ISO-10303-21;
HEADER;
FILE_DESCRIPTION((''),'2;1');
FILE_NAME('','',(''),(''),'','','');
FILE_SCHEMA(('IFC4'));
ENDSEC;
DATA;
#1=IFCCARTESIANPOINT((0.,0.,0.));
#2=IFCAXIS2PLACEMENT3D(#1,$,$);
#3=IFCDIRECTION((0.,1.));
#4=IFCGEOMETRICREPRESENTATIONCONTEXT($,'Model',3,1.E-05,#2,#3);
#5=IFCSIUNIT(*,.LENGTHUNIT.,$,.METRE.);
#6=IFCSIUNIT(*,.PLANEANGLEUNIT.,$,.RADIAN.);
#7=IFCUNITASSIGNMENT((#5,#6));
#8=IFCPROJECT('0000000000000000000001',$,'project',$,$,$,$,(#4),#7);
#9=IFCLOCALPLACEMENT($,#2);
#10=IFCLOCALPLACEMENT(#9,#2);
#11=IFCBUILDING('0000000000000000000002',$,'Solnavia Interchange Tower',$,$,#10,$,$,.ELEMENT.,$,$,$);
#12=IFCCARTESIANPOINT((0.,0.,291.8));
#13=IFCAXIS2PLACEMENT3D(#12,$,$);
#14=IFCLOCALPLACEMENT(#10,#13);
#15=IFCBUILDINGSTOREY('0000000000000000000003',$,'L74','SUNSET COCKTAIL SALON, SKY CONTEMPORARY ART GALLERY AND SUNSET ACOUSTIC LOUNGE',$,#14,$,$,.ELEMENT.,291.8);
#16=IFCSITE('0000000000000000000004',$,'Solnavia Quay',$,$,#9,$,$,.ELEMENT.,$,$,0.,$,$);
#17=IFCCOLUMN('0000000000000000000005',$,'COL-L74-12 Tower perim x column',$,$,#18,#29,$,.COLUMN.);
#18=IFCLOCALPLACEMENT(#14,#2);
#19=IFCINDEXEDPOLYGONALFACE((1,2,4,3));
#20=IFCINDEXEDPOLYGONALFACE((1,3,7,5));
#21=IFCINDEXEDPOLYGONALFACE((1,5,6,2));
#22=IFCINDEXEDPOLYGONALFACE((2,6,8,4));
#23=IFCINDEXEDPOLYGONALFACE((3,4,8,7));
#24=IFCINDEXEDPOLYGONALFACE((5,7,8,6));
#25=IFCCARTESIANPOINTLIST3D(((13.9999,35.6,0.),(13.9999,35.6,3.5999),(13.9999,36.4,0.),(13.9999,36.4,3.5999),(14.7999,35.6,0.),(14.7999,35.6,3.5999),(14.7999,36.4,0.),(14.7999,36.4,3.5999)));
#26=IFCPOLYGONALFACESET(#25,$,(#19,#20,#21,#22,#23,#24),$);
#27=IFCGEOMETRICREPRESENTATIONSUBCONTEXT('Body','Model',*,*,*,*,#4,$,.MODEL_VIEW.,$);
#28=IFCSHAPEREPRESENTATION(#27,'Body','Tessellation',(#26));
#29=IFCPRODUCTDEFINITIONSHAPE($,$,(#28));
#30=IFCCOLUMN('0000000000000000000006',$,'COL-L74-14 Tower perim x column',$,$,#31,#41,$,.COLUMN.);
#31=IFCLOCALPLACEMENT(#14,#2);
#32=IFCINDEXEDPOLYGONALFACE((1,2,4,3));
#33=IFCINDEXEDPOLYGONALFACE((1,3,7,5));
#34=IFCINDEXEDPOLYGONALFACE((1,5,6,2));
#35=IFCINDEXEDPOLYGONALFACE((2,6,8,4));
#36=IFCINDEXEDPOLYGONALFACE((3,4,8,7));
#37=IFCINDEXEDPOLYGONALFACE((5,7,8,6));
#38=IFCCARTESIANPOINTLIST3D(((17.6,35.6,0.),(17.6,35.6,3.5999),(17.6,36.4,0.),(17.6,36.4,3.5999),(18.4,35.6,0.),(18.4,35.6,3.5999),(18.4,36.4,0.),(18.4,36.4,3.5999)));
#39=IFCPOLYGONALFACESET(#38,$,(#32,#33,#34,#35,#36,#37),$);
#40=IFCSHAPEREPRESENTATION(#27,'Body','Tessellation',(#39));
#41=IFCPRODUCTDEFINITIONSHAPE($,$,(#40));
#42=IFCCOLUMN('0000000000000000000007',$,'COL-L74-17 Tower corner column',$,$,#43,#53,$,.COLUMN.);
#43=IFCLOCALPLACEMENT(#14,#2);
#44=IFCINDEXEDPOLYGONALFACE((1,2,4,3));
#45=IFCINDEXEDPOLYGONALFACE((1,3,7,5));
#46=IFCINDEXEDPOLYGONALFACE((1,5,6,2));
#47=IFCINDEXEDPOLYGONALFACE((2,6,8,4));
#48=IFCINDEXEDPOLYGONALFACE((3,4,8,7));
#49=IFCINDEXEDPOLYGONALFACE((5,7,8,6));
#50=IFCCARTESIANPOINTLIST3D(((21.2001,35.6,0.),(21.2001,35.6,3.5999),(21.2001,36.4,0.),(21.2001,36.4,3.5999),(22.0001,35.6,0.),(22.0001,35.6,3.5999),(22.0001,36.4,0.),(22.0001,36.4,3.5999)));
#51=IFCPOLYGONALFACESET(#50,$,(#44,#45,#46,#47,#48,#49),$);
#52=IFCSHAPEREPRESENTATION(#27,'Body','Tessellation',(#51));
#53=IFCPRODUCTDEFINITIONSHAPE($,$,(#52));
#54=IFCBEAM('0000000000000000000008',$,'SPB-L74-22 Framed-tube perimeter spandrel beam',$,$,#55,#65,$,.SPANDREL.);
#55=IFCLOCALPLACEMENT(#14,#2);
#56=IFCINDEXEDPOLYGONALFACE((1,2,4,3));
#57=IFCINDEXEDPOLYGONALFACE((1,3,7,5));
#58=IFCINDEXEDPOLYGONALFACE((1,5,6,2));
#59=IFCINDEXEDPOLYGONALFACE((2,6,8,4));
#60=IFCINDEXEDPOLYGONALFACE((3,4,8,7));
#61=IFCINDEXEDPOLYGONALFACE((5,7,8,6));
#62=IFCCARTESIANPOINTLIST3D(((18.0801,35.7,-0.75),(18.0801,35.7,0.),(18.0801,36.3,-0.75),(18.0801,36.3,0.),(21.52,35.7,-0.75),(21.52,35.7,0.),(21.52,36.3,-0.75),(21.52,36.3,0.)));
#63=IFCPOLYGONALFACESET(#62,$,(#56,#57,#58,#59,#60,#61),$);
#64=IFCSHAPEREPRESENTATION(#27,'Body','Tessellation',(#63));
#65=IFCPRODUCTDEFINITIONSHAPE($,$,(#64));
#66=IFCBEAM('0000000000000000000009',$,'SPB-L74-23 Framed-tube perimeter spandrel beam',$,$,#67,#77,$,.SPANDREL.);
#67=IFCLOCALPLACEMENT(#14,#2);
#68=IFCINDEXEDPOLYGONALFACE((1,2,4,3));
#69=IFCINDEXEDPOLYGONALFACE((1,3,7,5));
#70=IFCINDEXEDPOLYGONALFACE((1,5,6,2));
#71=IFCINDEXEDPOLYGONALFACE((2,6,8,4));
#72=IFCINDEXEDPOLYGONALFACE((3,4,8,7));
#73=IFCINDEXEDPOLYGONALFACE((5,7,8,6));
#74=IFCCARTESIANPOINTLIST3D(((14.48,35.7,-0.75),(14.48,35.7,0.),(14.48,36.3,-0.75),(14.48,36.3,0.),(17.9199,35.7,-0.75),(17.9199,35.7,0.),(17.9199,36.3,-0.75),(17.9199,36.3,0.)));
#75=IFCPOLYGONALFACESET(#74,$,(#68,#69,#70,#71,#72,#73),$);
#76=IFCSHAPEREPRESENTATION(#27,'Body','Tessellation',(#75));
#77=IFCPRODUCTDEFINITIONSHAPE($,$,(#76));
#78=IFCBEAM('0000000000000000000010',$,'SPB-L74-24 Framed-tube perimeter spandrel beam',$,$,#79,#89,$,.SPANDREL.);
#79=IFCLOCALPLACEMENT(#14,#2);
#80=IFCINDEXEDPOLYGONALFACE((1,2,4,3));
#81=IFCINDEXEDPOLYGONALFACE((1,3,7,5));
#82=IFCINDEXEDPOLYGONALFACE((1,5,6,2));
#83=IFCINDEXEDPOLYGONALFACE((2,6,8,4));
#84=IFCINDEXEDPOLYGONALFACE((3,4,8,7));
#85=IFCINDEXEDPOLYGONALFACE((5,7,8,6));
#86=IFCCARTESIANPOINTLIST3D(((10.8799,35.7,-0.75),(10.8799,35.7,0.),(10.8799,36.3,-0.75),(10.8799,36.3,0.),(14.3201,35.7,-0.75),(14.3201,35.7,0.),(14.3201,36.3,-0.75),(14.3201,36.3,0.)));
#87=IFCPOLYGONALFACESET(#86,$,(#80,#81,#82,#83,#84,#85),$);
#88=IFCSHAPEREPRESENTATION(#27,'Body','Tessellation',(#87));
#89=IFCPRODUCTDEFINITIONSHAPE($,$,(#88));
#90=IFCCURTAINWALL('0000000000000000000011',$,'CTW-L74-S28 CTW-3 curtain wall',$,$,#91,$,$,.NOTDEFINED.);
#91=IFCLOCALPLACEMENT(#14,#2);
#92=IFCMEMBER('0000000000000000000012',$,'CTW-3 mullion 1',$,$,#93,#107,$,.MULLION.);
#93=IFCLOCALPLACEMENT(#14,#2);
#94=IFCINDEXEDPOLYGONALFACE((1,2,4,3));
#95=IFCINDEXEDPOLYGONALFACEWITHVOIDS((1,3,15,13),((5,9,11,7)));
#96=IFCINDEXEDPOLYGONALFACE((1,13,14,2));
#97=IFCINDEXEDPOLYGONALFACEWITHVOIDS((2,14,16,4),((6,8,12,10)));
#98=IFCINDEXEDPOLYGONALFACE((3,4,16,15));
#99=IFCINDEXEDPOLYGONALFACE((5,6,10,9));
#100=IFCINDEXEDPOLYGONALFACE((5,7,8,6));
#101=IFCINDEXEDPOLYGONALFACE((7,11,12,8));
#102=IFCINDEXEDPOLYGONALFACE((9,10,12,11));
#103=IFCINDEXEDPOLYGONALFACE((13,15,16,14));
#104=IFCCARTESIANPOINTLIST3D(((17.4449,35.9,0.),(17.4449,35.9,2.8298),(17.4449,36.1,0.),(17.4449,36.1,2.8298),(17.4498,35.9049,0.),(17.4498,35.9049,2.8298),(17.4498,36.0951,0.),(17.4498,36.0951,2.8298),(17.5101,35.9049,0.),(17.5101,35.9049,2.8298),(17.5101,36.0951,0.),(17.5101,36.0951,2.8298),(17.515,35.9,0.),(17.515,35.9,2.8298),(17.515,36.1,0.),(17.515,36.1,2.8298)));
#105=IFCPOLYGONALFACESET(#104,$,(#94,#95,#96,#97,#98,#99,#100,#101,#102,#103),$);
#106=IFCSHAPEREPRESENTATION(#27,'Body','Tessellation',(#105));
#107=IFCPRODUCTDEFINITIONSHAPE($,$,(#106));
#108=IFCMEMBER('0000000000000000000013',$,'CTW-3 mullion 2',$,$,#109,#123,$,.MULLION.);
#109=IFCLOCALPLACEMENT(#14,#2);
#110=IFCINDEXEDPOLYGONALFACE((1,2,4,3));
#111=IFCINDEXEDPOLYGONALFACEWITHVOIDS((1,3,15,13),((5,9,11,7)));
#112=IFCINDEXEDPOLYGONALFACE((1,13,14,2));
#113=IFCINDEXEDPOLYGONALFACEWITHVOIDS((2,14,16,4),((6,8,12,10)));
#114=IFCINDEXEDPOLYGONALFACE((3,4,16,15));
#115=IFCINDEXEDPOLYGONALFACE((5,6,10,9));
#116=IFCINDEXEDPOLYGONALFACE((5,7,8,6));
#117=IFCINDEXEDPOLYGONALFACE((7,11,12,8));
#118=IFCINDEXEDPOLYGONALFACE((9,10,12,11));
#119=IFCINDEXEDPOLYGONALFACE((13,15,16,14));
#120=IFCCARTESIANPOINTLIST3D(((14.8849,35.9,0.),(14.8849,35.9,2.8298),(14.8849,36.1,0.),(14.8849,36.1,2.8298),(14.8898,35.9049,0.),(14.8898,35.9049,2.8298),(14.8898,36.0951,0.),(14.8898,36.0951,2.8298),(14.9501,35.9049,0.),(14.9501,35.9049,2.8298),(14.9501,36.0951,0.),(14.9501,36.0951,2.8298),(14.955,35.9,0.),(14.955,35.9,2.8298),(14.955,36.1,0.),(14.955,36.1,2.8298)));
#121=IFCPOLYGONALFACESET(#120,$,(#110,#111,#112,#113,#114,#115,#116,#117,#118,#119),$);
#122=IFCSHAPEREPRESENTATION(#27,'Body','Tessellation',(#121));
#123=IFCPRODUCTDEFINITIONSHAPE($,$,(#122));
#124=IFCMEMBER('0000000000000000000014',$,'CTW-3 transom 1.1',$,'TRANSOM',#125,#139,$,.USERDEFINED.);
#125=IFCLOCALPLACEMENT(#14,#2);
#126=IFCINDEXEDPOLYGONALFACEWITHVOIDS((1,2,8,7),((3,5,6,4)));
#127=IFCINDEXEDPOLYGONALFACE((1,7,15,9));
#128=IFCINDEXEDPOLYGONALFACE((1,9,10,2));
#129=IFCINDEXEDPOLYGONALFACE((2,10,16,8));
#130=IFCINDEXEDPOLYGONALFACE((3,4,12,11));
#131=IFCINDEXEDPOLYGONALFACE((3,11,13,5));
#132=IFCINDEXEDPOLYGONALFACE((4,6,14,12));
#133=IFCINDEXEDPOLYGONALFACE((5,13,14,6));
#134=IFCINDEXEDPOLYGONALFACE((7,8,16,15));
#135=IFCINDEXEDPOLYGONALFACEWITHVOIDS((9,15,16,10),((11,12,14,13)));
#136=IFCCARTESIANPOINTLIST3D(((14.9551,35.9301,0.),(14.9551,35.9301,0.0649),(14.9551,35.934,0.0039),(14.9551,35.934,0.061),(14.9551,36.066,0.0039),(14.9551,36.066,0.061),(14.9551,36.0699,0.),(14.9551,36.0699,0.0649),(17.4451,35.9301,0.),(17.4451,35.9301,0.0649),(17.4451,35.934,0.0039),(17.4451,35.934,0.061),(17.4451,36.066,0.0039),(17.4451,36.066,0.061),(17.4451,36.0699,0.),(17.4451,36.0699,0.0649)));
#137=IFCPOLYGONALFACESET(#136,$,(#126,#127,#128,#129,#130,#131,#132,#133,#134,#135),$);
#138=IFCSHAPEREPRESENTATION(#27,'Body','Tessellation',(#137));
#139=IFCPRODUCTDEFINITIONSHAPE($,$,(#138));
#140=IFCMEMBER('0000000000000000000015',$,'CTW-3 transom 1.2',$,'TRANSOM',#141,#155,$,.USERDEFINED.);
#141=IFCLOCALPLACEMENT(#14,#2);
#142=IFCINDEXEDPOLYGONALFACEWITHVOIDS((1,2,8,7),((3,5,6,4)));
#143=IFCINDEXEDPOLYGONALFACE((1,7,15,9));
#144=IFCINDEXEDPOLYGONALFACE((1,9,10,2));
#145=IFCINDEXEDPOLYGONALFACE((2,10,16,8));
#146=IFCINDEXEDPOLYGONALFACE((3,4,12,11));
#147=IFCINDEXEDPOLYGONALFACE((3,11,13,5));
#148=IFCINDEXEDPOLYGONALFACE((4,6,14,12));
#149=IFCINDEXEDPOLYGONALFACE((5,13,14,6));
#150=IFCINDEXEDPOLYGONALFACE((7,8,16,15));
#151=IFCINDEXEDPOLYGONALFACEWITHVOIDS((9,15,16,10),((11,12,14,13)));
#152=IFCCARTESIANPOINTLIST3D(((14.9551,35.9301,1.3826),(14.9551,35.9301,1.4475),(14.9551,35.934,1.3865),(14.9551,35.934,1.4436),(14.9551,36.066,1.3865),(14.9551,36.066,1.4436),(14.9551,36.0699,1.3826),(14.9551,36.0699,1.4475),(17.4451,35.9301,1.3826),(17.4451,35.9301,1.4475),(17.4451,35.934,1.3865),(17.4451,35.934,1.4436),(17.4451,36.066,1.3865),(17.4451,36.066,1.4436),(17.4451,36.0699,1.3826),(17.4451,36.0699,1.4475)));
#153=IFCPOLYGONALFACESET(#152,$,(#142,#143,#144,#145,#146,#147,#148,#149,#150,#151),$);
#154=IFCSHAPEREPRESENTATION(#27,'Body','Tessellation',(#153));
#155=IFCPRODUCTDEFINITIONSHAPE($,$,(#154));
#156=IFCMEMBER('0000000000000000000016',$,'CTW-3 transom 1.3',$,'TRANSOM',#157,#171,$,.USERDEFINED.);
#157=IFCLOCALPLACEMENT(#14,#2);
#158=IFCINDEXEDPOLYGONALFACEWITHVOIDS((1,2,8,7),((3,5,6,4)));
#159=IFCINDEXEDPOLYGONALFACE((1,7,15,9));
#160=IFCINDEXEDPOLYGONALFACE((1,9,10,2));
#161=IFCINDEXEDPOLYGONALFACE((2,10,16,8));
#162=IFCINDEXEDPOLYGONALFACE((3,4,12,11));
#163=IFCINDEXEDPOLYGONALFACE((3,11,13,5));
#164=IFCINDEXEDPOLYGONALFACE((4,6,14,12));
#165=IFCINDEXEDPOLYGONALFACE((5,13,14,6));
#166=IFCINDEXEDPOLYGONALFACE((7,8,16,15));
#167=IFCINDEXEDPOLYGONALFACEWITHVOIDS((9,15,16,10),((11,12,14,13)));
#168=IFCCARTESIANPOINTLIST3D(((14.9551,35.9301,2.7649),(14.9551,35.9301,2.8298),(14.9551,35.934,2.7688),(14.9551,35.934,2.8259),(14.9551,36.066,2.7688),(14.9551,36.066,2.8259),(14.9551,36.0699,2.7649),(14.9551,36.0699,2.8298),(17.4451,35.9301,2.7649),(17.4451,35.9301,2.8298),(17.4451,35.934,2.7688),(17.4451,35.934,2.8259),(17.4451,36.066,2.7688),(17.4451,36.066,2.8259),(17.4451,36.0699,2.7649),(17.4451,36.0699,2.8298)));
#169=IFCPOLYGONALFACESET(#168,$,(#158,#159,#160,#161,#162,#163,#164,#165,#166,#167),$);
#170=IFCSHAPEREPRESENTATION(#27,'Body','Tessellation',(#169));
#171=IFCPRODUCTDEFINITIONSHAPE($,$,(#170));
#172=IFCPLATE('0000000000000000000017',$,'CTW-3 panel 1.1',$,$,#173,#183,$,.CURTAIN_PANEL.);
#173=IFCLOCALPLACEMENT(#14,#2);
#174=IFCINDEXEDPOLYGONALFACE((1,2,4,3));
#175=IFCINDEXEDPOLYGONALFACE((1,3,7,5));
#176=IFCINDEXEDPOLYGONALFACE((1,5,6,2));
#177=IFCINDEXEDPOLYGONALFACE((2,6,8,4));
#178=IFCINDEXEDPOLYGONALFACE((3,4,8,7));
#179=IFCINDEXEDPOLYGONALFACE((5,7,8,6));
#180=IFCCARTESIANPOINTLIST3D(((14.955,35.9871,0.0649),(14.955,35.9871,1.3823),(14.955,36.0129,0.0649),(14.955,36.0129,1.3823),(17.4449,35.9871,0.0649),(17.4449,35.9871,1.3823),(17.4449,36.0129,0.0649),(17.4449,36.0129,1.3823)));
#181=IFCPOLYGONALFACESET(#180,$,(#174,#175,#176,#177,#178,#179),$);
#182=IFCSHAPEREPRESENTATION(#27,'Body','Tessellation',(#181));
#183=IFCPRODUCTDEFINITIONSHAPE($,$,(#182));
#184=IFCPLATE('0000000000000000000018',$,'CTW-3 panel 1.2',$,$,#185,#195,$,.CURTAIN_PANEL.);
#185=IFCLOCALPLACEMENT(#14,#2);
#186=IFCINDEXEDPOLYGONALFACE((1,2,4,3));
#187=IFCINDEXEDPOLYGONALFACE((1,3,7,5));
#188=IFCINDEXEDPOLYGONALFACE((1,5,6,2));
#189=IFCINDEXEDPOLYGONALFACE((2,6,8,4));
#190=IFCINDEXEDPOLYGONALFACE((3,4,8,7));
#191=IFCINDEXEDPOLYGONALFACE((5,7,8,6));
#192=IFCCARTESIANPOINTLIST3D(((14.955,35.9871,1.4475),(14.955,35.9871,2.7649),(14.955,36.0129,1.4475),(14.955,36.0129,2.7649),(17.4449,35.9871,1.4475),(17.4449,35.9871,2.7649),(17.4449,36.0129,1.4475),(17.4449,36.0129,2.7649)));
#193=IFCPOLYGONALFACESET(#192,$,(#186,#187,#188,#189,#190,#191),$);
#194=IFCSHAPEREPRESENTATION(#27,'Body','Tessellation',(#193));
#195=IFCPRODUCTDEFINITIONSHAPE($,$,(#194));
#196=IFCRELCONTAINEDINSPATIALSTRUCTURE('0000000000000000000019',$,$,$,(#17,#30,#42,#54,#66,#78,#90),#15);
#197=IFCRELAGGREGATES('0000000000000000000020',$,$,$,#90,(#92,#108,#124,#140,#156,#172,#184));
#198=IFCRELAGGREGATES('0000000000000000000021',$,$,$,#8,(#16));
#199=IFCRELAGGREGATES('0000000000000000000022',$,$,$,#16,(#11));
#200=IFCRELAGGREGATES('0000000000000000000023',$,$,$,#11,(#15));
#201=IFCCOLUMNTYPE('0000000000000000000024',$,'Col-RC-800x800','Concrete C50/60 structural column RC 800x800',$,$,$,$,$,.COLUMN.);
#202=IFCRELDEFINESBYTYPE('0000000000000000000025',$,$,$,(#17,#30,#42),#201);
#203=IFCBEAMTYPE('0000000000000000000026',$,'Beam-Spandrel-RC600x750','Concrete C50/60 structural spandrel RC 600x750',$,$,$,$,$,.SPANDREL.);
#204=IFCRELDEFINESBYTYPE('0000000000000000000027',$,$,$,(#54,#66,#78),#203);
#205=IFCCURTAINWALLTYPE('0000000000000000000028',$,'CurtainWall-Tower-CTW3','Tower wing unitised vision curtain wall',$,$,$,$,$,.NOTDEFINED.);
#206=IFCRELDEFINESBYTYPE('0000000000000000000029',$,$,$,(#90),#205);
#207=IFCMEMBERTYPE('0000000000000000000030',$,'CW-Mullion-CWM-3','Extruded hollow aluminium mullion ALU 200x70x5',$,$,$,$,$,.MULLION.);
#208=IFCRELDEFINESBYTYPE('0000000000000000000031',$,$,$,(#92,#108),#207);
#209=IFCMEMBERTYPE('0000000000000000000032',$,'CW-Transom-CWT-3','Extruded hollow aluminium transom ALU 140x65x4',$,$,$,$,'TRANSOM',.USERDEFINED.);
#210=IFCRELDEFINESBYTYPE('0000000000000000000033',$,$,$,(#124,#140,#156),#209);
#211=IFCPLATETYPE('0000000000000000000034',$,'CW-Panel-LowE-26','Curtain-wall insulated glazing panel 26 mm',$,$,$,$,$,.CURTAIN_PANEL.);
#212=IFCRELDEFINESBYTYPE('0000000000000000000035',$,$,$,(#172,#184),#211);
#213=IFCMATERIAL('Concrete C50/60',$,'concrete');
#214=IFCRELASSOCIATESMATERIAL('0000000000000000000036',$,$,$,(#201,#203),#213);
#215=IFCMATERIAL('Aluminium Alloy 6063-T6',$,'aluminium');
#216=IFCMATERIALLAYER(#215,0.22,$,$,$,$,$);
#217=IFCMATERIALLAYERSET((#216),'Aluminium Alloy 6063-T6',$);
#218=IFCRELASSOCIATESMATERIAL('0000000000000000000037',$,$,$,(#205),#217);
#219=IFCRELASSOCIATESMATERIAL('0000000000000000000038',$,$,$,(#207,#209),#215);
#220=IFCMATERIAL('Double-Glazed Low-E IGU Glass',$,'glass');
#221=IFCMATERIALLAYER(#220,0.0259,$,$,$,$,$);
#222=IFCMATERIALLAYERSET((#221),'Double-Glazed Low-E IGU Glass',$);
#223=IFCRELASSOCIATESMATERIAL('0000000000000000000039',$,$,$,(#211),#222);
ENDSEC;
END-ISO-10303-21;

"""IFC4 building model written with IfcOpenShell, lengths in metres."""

from ifc_helpers import new_model, si_unit, direction, frame, origin, origin_2d, place, context, subcontext, project, spatial, rectangle, hollow_rectangle, extrude, material, layer, layer_set, material_profile, profile_set, type_object, element, aggregate, save


model = new_model("IFC4")

# Units and contexts
model_context = context("Model", 3, precision=1e-05, world=origin(), true_north=direction((0.0, 1.0)))
body_context = subcontext(model_context, "Body", "Model", "MODEL_VIEW")
ifc_project = project(units=[si_unit("LENGTHUNIT", "METRE"), si_unit("PLANEANGLEUNIT", "RADIAN")], contexts=[model_context])

# Site, building, storey
site_placement = place(None, origin())
site = spatial("IfcSite", under=ifc_project, at=site_placement, Name="Solnavia Quay", CompositionType="ELEMENT", RefElevation=0.0)
building_placement = place(site_placement, origin())
building = spatial("IfcBuilding", under=site, at=building_placement, Name="Solnavia Interchange Tower", CompositionType="ELEMENT")
storey_placement = place(building_placement, frame((0.0, 0.0, 291.8)))
storey = spatial("IfcBuildingStorey", under=building, at=storey_placement, Name="L74", Description="SUNSET COCKTAIL SALON, SKY CONTEMPORARY ART GALLERY AND SUNSET ACOUSTIC LOUNGE", CompositionType="ELEMENT", Elevation=291.8)

# Columns
ifc_material_1 = material(Name="Concrete C50/60", Category="concrete")
ifc_material_profile_1 = material_profile(ifc_material_1, rectangle(XDim=0.8, YDim=0.8, at=origin_2d()), Name="RC 800x800")
ifc_profile_set_1 = profile_set([ifc_material_profile_1], Name="Concrete C50/60")
column_type = type_object("IfcColumnType", Name="Col-RC-800x800", Description="Concrete C50/60 structural column RC 800x800", PredefinedType="COLUMN", material=ifc_profile_set_1)
for number, where, z_axis, x_axis, name in (
    (1, (14.3999, 36.0, 0.0), (0.0, 0.0, 1.0), (1.0, 0.0, 0.0), "COL-L74-12 Tower perim x column"),
    (2, (18.0, 36.0, 0.0), (0.0, 0.0, 1.0), (1.0, 0.0, 0.0), "COL-L74-14 Tower perim x column"),
    (3, (21.6001, 36.0, 0.0), (0.0, 0.0, 1.0), (1.0, 0.0, 0.0), "COL-L74-17 Tower corner column"),
):
    element("IfcColumn", number, at=place(storey_placement, frame(where, z_axis=z_axis, x_axis=x_axis)), inside=storey, type_object=column_type, Name=name, PredefinedType="COLUMN", context=body_context, shape_type="SweptSolid", body=[
        extrude(rectangle(XDim=0.8, YDim=0.8, at=origin_2d()), origin(), (0.0, 0.0, 1.0), 3.5999),
    ])

# Beams
ifc_material_profile_2 = material_profile(ifc_material_1, rectangle(XDim=0.6001, YDim=0.75, at=origin_2d()), Name="RC 600x750")
ifc_profile_set_2 = profile_set([ifc_material_profile_2], Name="Concrete C50/60")
beam_type = type_object("IfcBeamType", Name="Beam-Spandrel-RC600x750", Description="Concrete C50/60 structural spandrel RC 600x750", PredefinedType="SPANDREL", material=ifc_profile_set_2)
for number, where, z_axis, x_axis, name in (
    (4, (21.52, 36.0, -0.375), (-1.0, 0.0, 0.0), (0.0, -1.0, 0.0), "SPB-L74-22 Framed-tube perimeter spandrel beam"),
    (5, (17.9199, 36.0, -0.375), (-1.0, 0.0, 0.0), (0.0, -1.0, 0.0), "SPB-L74-23 Framed-tube perimeter spandrel beam"),
):
    element("IfcBeam", number, at=place(storey_placement, frame(where, z_axis=z_axis, x_axis=x_axis)), inside=storey, type_object=beam_type, Name=name, PredefinedType="SPANDREL", context=body_context, shape_type="SweptSolid", body=[
        extrude(rectangle(XDim=0.6001, YDim=0.75, at=origin_2d()), origin(), (0.0, 0.0, 1.0), 3.4399),
    ])
beam_placement = place(storey_placement, frame((14.3201, 36.0, -0.375), z_axis=(-1.0, 0.0, 0.0), x_axis=(0.0, -1.0, 0.0)))
element("IfcBeam", 6, at=beam_placement, inside=storey, type_object=beam_type, Name="SPB-L74-24 Framed-tube perimeter spandrel beam", PredefinedType="SPANDREL", context=body_context, shape_type="SweptSolid", body=[
    extrude(rectangle(XDim=0.6001, YDim=0.75, at=origin_2d()), origin(), (0.0, 0.0, 1.0), 3.4402),
])

# Curtain wall, members, plates
ifc_material_2 = material(Name="Aluminium Alloy 6063-T6", Category="aluminium")
ifc_layer_1 = layer(ifc_material_2, 0.22)
ifc_layer_set_1 = layer_set([ifc_layer_1], Name="Aluminium Alloy 6063-T6")
curtain_wall_type = type_object("IfcCurtainWallType", Name="CurtainWall-Tower-CTW3", Description="Tower wing unitised vision curtain wall", PredefinedType="NOTDEFINED", material=ifc_layer_set_1)
curtain_wall_placement = place(storey_placement, origin())
curtain_wall = element("IfcCurtainWall", 7, at=curtain_wall_placement, inside=storey, type_object=curtain_wall_type, Name="CTW-L74-S28 CTW-3 curtain wall", PredefinedType="NOTDEFINED")
ifc_material_profile_3 = material_profile(ifc_material_2, hollow_rectangle(XDim=0.0701, YDim=0.2, WallThickness=0.0049, at=origin_2d()), Name="ALU 200x70x5")
ifc_profile_set_3 = profile_set([ifc_material_profile_3], Name="Aluminium Alloy 6063-T6")
member_type_1 = type_object("IfcMemberType", Name="CW-Mullion-CWM-3", Description="Extruded hollow aluminium mullion ALU 200x70x5", PredefinedType="MULLION", material=ifc_profile_set_3)
member_1_placement = place(storey_placement, frame((17.48, 36.0, 0.0), z_axis=(0.0, 0.0, 1.0), x_axis=(-1.0, 0.0, 0.0)))
member_1 = element("IfcMember", 8, at=member_1_placement, type_object=member_type_1, Name="CTW-3 mullion 1", PredefinedType="MULLION", context=body_context, shape_type="SweptSolid", body=[
    extrude(hollow_rectangle(XDim=0.0701, YDim=0.2, WallThickness=0.0049, at=origin_2d()), origin(), (0.0, 0.0, 1.0), 2.8298),
])
member_2_placement = place(storey_placement, frame((14.9199, 36.0, 0.0), z_axis=(0.0, 0.0, 1.0), x_axis=(-1.0, 0.0, 0.0)))
member_2 = element("IfcMember", 9, at=member_2_placement, type_object=member_type_1, Name="CTW-3 mullion 2", PredefinedType="MULLION", context=body_context, shape_type="SweptSolid", body=[
    extrude(hollow_rectangle(XDim=0.0701, YDim=0.2, WallThickness=0.0049, at=origin_2d()), origin(), (0.0, 0.0, 1.0), 2.8298),
])
ifc_material_profile_4 = material_profile(ifc_material_2, hollow_rectangle(XDim=0.0649, YDim=0.1399, WallThickness=0.0039, at=origin_2d()), Name="ALU 140x65x4")
ifc_profile_set_4 = profile_set([ifc_material_profile_4], Name="Aluminium Alloy 6063-T6")
member_type_2 = type_object("IfcMemberType", Name="CW-Transom-CWT-3", Description="Extruded hollow aluminium transom ALU 140x65x4", ElementType="TRANSOM", PredefinedType="USERDEFINED", material=ifc_profile_set_4)
member_3_placement = place(storey_placement, frame((17.4451, 36.0, 0.0325), z_axis=(-1.0, 0.0, 0.0), x_axis=(0.0, 0.0, 1.0)))
member_3 = element("IfcMember", 10, at=member_3_placement, type_object=member_type_2, Name="CTW-3 transom 1.1", ObjectType="TRANSOM", PredefinedType="USERDEFINED", context=body_context, shape_type="SweptSolid", body=[
    extrude(hollow_rectangle(XDim=0.0649, YDim=0.1399, WallThickness=0.0039, at=origin_2d()), origin(), (0.0, 0.0, 1.0), 2.49),
])
member_4_placement = place(storey_placement, frame((17.4451, 36.0, 1.415), z_axis=(-1.0, 0.0, 0.0), x_axis=(0.0, 0.0, 1.0)))
member_4 = element("IfcMember", 11, at=member_4_placement, type_object=member_type_2, Name="CTW-3 transom 1.2", ObjectType="TRANSOM", PredefinedType="USERDEFINED", context=body_context, shape_type="SweptSolid", body=[
    extrude(hollow_rectangle(XDim=0.0649, YDim=0.1399, WallThickness=0.0039, at=origin_2d()), origin(), (0.0, 0.0, 1.0), 2.49),
])
member_5_placement = place(storey_placement, frame((17.4451, 36.0, 2.7974), z_axis=(-1.0, 0.0, 0.0), x_axis=(0.0, 0.0, 1.0)))
member_5 = element("IfcMember", 12, at=member_5_placement, type_object=member_type_2, Name="CTW-3 transom 1.3", ObjectType="TRANSOM", PredefinedType="USERDEFINED", context=body_context, shape_type="SweptSolid", body=[
    extrude(hollow_rectangle(XDim=0.0649, YDim=0.1399, WallThickness=0.0039, at=origin_2d()), origin(), (0.0, 0.0, 1.0), 2.49),
])
ifc_material_3 = material(Name="Double-Glazed Low-E IGU Glass", Category="glass")
ifc_layer_2 = layer(ifc_material_3, 0.0259)
ifc_layer_set_2 = layer_set([ifc_layer_2], Name="Double-Glazed Low-E IGU Glass")
plate_type_1 = type_object("IfcPlateType", Name="CW-Panel-LowE-26", Description="Curtain-wall insulated glazing panel 26 mm", PredefinedType="CURTAIN_PANEL", material=ifc_layer_set_2)
plate_1_placement = place(storey_placement, frame((16.2, 36.0, 0.0649), z_axis=(0.0, 0.0, 1.0), x_axis=(-1.0, 0.0, 0.0)))
plate_1 = element("IfcPlate", 13, at=plate_1_placement, type_object=plate_type_1, Name="CTW-3 panel 1.1", PredefinedType="CURTAIN_PANEL", context=body_context, shape_type="SweptSolid", body=[
    extrude(rectangle(XDim=2.49, YDim=0.0259, at=origin_2d()), origin(), (0.0, 0.0, 1.0), 1.3174),
])
plate_2_placement = place(storey_placement, frame((16.2, 36.0, 1.4475), z_axis=(0.0, 0.0, 1.0), x_axis=(-1.0, 0.0, 0.0)))
plate_2 = element("IfcPlate", 14, at=plate_2_placement, type_object=plate_type_1, Name="CTW-3 panel 1.2", PredefinedType="CURTAIN_PANEL", context=body_context, shape_type="SweptSolid", body=[
    extrude(rectangle(XDim=2.49, YDim=0.0259, at=origin_2d()), origin(), (0.0, 0.0, 1.0), 1.3174),
])
aggregate(curtain_wall, [member_1, member_2, member_3, member_4, member_5, plate_1, plate_2])

save(model, "model.ifc")
